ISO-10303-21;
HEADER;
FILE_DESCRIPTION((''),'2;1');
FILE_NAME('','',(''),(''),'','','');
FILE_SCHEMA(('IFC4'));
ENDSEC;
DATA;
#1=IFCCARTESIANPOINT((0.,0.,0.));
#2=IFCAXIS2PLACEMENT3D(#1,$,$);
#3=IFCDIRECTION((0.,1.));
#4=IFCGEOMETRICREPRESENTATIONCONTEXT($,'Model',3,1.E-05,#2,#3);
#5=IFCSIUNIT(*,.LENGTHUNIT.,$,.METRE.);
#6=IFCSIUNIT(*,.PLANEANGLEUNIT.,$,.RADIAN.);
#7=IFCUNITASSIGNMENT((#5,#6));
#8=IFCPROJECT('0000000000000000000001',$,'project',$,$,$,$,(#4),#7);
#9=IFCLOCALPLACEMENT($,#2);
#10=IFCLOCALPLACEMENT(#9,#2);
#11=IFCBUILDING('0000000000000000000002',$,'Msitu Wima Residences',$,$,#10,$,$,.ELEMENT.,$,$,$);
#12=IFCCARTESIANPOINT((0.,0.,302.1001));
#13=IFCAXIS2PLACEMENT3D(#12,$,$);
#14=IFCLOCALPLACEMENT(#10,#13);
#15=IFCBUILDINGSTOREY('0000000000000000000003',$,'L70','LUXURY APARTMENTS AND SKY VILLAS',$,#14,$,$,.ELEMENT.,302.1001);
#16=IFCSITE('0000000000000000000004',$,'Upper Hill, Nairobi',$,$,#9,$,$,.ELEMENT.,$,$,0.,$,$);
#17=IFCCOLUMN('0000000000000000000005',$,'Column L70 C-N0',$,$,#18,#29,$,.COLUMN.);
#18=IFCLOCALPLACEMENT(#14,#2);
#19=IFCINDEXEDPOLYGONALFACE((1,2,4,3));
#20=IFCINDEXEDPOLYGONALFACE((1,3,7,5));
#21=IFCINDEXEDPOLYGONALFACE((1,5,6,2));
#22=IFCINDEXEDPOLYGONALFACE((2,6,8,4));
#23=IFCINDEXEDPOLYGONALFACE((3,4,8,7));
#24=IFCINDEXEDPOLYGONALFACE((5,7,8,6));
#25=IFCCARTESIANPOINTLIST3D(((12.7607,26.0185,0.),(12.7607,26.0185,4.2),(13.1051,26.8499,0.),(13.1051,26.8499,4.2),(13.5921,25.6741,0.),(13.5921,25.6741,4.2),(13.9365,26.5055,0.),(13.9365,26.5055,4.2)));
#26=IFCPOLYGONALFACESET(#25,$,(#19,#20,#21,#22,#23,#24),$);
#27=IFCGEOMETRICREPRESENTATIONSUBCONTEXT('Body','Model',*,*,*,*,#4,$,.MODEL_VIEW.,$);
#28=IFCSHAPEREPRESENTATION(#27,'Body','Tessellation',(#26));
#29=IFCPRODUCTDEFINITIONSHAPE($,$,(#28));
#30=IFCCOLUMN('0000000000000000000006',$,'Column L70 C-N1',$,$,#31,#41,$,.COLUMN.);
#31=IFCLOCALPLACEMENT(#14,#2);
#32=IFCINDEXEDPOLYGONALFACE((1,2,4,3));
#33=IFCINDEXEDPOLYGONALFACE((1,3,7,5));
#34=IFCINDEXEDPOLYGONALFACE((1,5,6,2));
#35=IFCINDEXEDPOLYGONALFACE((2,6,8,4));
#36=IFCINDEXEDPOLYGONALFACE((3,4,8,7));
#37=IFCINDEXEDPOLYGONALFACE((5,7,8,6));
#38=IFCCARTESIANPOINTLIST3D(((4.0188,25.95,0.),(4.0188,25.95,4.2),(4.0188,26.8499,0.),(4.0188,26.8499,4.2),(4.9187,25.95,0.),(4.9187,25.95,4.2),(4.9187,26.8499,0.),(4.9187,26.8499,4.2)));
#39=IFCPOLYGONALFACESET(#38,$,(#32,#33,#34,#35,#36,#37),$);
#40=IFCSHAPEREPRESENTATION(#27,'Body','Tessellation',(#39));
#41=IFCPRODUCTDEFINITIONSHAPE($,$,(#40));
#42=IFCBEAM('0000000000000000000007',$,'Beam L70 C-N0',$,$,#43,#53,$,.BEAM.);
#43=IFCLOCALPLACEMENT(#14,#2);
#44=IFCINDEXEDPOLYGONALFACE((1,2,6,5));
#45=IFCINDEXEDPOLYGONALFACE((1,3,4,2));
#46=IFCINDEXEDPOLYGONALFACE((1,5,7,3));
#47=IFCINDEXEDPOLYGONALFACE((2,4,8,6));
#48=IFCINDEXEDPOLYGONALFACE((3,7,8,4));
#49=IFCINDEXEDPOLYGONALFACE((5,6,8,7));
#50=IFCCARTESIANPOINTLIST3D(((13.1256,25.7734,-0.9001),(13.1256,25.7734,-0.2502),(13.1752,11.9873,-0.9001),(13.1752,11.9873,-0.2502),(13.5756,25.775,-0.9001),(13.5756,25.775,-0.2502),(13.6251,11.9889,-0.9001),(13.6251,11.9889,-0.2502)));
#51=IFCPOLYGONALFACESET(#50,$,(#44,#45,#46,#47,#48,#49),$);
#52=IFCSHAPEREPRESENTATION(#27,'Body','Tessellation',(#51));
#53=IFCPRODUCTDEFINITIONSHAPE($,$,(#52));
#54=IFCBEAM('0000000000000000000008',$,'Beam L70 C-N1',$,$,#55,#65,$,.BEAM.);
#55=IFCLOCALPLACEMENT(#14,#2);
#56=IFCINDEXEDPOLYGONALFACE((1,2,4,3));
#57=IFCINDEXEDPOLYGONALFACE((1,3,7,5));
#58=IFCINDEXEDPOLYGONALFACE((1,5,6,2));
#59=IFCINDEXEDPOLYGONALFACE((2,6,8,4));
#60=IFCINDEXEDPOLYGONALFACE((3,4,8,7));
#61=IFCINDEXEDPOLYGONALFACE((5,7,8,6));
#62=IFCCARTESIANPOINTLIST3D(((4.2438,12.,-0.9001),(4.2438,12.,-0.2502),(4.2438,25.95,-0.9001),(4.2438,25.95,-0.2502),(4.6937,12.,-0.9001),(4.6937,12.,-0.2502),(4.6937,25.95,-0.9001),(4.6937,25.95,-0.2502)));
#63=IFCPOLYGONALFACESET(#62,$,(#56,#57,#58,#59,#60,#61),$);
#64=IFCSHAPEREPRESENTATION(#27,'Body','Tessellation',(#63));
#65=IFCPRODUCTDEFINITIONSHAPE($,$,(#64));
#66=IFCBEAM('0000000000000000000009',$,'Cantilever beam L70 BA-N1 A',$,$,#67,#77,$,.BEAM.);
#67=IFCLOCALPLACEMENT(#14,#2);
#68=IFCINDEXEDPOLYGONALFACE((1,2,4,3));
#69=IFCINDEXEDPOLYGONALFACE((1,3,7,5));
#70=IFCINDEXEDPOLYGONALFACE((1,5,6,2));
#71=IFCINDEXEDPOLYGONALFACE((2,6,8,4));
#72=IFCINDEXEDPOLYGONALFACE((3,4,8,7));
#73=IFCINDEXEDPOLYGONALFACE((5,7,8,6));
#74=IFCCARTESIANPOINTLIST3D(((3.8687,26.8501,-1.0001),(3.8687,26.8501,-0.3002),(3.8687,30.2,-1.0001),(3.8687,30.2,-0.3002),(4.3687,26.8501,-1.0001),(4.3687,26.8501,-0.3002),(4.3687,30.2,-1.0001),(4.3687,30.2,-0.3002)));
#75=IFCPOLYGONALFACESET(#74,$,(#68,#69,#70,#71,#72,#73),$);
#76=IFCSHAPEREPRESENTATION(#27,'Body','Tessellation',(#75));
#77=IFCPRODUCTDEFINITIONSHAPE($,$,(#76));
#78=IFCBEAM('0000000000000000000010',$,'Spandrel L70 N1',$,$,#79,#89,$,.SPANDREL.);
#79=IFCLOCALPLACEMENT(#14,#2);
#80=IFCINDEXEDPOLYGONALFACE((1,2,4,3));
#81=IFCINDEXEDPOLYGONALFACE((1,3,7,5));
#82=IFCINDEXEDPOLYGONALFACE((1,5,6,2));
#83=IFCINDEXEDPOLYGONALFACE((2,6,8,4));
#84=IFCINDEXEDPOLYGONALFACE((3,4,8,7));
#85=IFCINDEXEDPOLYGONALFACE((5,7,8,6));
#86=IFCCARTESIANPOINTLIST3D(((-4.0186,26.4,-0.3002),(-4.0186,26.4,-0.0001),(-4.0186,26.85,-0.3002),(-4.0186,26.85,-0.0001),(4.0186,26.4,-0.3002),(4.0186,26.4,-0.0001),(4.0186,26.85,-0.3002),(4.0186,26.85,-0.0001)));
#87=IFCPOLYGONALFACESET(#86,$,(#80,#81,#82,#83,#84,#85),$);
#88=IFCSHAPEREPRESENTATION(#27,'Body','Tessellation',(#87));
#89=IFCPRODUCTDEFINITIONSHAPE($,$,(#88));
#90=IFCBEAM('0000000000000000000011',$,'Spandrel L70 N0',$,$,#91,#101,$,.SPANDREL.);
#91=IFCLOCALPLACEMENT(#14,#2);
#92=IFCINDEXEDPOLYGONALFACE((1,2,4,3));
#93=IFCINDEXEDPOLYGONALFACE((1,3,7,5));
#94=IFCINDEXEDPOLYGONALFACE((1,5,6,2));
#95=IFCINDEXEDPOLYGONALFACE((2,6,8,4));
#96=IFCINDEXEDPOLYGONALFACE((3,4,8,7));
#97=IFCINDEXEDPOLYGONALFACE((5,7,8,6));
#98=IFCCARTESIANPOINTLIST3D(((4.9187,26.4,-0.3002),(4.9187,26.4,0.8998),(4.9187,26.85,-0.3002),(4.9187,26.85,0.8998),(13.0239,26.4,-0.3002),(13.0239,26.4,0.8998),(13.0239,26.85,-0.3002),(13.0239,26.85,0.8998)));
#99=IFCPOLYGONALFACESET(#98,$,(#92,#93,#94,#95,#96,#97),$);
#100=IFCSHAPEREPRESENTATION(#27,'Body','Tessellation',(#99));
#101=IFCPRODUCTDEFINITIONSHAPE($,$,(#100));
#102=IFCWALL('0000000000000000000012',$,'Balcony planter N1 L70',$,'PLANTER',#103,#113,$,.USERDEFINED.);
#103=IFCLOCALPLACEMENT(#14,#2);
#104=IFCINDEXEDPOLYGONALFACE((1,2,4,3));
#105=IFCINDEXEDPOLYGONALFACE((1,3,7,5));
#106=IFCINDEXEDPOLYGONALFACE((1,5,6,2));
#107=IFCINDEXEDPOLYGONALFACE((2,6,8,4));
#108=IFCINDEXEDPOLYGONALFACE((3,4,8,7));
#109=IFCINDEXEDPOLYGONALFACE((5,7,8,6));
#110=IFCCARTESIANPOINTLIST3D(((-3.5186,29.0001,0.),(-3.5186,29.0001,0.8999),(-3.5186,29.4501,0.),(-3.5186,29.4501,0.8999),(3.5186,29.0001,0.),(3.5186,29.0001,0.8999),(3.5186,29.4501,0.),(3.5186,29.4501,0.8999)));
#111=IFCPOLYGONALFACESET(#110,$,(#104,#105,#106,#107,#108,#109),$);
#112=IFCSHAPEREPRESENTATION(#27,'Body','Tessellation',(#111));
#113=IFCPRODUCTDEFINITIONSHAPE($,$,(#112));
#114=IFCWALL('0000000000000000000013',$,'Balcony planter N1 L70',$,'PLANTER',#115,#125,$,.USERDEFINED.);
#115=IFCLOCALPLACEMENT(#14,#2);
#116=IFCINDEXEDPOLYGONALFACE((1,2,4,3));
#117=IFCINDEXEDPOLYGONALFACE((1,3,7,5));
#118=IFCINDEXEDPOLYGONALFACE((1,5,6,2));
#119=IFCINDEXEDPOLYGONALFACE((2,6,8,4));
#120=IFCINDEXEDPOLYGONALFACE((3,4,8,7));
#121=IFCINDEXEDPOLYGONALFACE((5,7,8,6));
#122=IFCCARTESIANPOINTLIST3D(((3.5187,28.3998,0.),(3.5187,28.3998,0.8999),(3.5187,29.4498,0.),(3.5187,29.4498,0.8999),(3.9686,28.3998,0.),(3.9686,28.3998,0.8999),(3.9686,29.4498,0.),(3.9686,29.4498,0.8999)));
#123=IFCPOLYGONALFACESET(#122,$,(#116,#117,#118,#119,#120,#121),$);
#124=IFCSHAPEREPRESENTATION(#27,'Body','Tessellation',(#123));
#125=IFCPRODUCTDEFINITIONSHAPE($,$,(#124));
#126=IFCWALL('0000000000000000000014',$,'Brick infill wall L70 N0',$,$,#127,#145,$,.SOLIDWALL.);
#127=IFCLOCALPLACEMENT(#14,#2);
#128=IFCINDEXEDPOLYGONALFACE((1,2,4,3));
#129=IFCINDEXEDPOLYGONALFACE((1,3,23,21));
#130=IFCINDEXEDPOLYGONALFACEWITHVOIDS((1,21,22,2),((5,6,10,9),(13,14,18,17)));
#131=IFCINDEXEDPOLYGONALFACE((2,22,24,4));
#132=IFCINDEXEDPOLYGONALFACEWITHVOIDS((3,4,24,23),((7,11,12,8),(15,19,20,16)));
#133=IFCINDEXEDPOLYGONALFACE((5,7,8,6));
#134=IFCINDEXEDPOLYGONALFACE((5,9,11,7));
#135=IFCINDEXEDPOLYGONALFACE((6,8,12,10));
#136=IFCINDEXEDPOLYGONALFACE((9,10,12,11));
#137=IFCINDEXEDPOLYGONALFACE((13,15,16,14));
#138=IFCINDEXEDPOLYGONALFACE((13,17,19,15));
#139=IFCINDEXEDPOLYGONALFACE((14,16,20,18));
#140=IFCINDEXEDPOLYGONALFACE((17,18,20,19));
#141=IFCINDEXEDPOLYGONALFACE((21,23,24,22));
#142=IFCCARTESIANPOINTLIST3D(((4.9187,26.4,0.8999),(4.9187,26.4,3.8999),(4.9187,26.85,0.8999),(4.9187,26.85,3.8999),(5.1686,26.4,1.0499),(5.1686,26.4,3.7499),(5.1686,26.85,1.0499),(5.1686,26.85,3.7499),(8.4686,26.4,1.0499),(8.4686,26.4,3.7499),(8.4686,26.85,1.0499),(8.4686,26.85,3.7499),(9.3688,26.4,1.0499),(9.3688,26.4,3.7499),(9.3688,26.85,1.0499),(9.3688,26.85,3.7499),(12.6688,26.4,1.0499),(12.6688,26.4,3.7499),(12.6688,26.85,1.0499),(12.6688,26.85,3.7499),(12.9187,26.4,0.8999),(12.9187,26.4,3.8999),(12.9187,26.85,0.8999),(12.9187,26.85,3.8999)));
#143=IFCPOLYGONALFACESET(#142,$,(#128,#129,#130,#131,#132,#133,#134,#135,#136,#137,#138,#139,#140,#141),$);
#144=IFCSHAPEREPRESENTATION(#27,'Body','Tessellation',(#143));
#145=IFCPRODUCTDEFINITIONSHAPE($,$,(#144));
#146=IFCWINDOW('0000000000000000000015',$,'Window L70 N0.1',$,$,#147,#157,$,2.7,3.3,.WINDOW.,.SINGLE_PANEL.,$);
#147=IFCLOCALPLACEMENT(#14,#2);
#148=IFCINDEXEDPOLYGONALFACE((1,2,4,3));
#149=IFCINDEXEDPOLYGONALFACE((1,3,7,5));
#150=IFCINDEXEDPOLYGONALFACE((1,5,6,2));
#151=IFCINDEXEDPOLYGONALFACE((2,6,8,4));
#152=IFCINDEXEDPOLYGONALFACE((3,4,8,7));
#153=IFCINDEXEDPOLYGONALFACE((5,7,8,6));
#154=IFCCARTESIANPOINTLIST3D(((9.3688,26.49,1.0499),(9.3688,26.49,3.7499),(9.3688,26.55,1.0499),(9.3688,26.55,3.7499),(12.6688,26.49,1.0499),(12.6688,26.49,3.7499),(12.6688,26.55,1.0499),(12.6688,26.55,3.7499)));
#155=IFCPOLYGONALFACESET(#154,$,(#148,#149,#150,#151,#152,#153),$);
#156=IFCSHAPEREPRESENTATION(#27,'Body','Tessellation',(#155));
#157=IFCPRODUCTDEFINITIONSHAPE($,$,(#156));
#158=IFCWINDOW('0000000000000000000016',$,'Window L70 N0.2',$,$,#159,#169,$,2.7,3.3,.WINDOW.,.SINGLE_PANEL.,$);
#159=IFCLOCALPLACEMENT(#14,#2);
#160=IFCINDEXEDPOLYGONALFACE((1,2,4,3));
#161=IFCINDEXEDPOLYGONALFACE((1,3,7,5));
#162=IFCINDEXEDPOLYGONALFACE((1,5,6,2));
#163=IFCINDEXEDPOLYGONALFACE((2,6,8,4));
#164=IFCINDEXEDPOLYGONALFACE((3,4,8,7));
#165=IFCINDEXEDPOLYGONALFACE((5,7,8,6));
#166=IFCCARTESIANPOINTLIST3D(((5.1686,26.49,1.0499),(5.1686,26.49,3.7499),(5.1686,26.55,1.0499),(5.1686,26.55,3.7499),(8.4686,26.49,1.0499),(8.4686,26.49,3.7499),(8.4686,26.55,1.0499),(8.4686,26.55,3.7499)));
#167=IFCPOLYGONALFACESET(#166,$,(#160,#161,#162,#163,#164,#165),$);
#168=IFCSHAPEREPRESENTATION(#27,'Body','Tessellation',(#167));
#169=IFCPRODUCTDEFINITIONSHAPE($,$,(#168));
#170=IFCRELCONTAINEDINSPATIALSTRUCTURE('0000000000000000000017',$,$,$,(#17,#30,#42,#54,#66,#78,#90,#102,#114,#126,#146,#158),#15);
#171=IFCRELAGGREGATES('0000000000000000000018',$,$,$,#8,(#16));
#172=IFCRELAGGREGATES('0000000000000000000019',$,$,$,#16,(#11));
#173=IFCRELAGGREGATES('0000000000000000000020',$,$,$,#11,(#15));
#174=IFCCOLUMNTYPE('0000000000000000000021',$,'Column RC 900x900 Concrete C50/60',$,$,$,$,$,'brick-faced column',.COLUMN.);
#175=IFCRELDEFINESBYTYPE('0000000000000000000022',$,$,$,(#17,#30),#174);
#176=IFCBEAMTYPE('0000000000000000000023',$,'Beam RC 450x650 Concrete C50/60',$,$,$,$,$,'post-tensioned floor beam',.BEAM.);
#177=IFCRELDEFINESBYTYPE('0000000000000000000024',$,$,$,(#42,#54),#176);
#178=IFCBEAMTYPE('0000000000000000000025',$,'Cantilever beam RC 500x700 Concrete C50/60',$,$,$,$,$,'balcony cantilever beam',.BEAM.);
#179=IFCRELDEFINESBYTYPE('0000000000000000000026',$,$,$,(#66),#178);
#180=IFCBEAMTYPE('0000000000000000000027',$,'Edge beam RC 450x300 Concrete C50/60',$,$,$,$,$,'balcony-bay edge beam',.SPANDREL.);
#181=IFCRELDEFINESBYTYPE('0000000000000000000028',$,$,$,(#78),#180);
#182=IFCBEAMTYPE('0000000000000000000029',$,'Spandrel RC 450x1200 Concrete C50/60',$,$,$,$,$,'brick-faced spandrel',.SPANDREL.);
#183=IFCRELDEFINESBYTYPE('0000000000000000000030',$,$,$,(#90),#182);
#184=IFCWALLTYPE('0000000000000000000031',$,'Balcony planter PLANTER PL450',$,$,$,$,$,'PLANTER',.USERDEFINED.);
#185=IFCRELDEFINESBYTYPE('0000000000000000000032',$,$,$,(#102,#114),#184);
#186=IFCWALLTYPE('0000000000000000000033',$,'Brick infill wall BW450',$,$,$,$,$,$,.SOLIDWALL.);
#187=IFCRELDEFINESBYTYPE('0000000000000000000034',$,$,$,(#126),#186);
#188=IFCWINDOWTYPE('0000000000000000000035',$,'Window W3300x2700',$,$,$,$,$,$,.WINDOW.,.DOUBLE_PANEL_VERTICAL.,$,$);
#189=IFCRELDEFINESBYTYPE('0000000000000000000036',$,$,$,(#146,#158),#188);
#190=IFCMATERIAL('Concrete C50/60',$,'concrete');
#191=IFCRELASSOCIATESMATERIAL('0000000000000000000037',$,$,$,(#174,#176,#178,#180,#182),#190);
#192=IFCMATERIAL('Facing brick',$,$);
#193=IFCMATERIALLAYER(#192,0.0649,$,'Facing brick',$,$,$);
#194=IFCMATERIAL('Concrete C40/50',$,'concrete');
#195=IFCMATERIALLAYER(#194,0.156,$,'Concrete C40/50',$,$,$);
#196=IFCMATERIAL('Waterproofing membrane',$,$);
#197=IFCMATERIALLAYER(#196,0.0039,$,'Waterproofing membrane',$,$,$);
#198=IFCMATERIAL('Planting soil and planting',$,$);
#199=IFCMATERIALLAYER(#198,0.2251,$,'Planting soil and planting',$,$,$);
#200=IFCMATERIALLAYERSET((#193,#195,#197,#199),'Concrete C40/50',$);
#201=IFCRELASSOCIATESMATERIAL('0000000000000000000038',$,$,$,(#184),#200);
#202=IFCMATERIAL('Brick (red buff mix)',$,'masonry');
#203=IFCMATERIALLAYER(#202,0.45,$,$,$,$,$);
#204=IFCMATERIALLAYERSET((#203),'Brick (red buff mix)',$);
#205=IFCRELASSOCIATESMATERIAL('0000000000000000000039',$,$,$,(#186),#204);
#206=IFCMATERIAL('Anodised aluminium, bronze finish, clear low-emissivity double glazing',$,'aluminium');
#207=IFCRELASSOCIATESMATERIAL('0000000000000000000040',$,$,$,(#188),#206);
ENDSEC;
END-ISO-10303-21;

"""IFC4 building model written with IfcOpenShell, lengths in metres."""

from ifc_helpers import new_model, si_unit, direction, frame, frame_2d, origin, origin_2d, place, context, subcontext, project, spatial, rectangle, extrude, material, layer, layer_set, material_profile, profile_set, type_object, element, fill, save


model = new_model("IFC4")

# Units and contexts
model_context = context("Model", 3, precision=1e-05, world=origin(), true_north=direction((0.0, 1.0)))
body_context = subcontext(model_context, "Body", "Model", "MODEL_VIEW")
ifc_project = project(units=[si_unit("LENGTHUNIT", "METRE"), si_unit("PLANEANGLEUNIT", "RADIAN")], contexts=[model_context])

# Site, building, storey
site_placement = place(None, origin())
site = spatial("IfcSite", under=ifc_project, at=site_placement, Name="Upper Hill, Nairobi", CompositionType="ELEMENT", RefElevation=0.0)
building_placement = place(site_placement, origin())
building = spatial("IfcBuilding", under=site, at=building_placement, Name="Msitu Wima Residences", CompositionType="ELEMENT")
storey_placement = place(building_placement, frame((0.0, 0.0, 302.1001)))
storey = spatial("IfcBuildingStorey", under=building, at=storey_placement, Name="L70", Description="LUXURY APARTMENTS AND SKY VILLAS", CompositionType="ELEMENT", Elevation=302.1001)

# Columns
ifc_material_1 = material(Name="Concrete C50/60", Category="concrete")
ifc_material_profile_1 = material_profile(ifc_material_1, rectangle(XDim=0.8999, YDim=0.8999, at=origin_2d()), Name="RC 900x900")
ifc_profile_set_1 = profile_set([ifc_material_profile_1], Name="Concrete C50/60")
column_type = type_object("IfcColumnType", Name="Column RC 900x900 Concrete C50/60", ElementType="brick-faced column", PredefinedType="COLUMN", material=ifc_profile_set_1)
for number, where, z_axis, x_axis, name in (
    (1, (13.3486, 26.262, 0.0), (0.0, 0.0, 1.0), (-0.92388, 0.382683, 0.0), "Column L70 C-N0"),
    (2, (4.4688, 26.3999, 0.0), (0.0, 0.0, 1.0), (-1.0, 0.0, 0.0), "Column L70 C-N1"),
):
    element("IfcColumn", number, at=place(storey_placement, frame(where, z_axis=z_axis, x_axis=x_axis)), inside=storey, type_object=column_type, Name=name, PredefinedType="COLUMN", context=body_context, shape_type="SweptSolid", body=[
        extrude(rectangle(XDim=0.8999, YDim=0.8999, at=origin_2d()), origin(), (0.0, 0.0, 1.0), 4.2),
    ])

# Beams
ifc_material_profile_2 = material_profile(ifc_material_1, rectangle(XDim=0.45, YDim=0.6499, at=origin_2d()), Name="RC 450x650")
ifc_profile_set_2 = profile_set([ifc_material_profile_2], Name="Concrete C50/60")
beam_type_1 = type_object("IfcBeamType", Name="Beam RC 450x650 Concrete C50/60", ElementType="post-tensioned floor beam", PredefinedType="BEAM", material=ifc_profile_set_2)
beam_1_placement = place(storey_placement, frame((13.3506, 25.7742, -0.5752), z_axis=(0.003595, -0.999994, 0.0), x_axis=(0.999994, 0.003595, 0.0)))
element("IfcBeam", 3, at=beam_1_placement, inside=storey, type_object=beam_type_1, Name="Beam L70 C-N0", PredefinedType="BEAM", context=body_context, shape_type="SweptSolid", body=[
    extrude(rectangle(XDim=0.45, YDim=0.6499, at=origin_2d()), origin(), (0.0, 0.0, 1.0), 13.7861),
])
beam_2_placement = place(storey_placement, frame((4.4688, 25.95, -0.5752), z_axis=(0.0, -1.0, 0.0), x_axis=(1.0, 0.0, 0.0)))
element("IfcBeam", 4, at=beam_2_placement, inside=storey, type_object=beam_type_1, Name="Beam L70 C-N1", PredefinedType="BEAM", context=body_context, shape_type="SweptSolid", body=[
    extrude(rectangle(XDim=0.45, YDim=0.6499, at=origin_2d()), origin(), (0.0, 0.0, 1.0), 13.95),
])
ifc_material_profile_3 = material_profile(ifc_material_1, rectangle(XDim=0.5, YDim=0.7, at=origin_2d()), Name="RC 500x700")
ifc_profile_set_3 = profile_set([ifc_material_profile_3], Name="Concrete C50/60")
beam_type_2 = type_object("IfcBeamType", Name="Cantilever beam RC 500x700 Concrete C50/60", ElementType="balcony cantilever beam", PredefinedType="BEAM", material=ifc_profile_set_3)
beam_3_placement = place(storey_placement, frame((4.1187, 26.8501, -0.6501), z_axis=(0.0, 1.0, 0.0), x_axis=(-1.0, 0.0, 0.0)))
element("IfcBeam", 5, at=beam_3_placement, inside=storey, type_object=beam_type_2, Name="Cantilever beam L70 BA-N1 A", PredefinedType="BEAM", context=body_context, shape_type="SweptSolid", body=[
    extrude(rectangle(XDim=0.5, YDim=0.7, at=origin_2d()), origin(), (0.0, 0.0, 1.0), 3.3499),
])
ifc_material_profile_4 = material_profile(ifc_material_1, rectangle(XDim=0.45, YDim=0.3, at=origin_2d()), Name="RC 450x300")
ifc_profile_set_4 = profile_set([ifc_material_profile_4], Name="Concrete C50/60")
beam_type_3 = type_object("IfcBeamType", Name="Edge beam RC 450x300 Concrete C50/60", ElementType="balcony-bay edge beam", PredefinedType="SPANDREL", material=ifc_profile_set_4)
beam_4_placement = place(storey_placement, frame((4.0186, 26.625, -0.1501), z_axis=(-1.0, 0.0, 0.0), x_axis=(0.0, -1.0, 0.0)))
element("IfcBeam", 6, at=beam_4_placement, inside=storey, type_object=beam_type_3, Name="Spandrel L70 N1", PredefinedType="SPANDREL", context=body_context, shape_type="SweptSolid", body=[
    extrude(rectangle(XDim=0.45, YDim=0.3, at=origin_2d()), origin(), (0.0, 0.0, 1.0), 8.0371),
])
ifc_material_profile_5 = material_profile(ifc_material_1, rectangle(XDim=0.45, YDim=1.2, at=origin_2d()), Name="RC 450x1200")
ifc_profile_set_5 = profile_set([ifc_material_profile_5], Name="Concrete C50/60")
beam_type_4 = type_object("IfcBeamType", Name="Spandrel RC 450x1200 Concrete C50/60", ElementType="brick-faced spandrel", PredefinedType="SPANDREL", material=ifc_profile_set_5)
beam_5_placement = place(storey_placement, frame((13.0239, 26.625, 0.2998), z_axis=(-1.0, 0.0, 0.0), x_axis=(0.0, -1.0, 0.0)))
element("IfcBeam", 7, at=beam_5_placement, inside=storey, type_object=beam_type_4, Name="Spandrel L70 N0", PredefinedType="SPANDREL", context=body_context, shape_type="SweptSolid", body=[
    extrude(rectangle(XDim=0.45, YDim=1.2, at=origin_2d()), origin(), (0.0, 0.0, 1.0), 8.1052),
])

# Walls
ifc_material_2 = material(Name="Facing brick")
ifc_layer_1 = layer(ifc_material_2, 0.0649, Name="Facing brick")
ifc_material_3 = material(Name="Concrete C40/50", Category="concrete")
ifc_layer_2 = layer(ifc_material_3, 0.156, Name="Concrete C40/50")
ifc_material_4 = material(Name="Waterproofing membrane")
ifc_layer_3 = layer(ifc_material_4, 0.0039, Name="Waterproofing membrane")
ifc_material_5 = material(Name="Planting soil and planting")
ifc_layer_4 = layer(ifc_material_5, 0.2251, Name="Planting soil and planting")
ifc_layer_set_1 = layer_set([ifc_layer_1, ifc_layer_2, ifc_layer_3, ifc_layer_4], Name="Concrete C40/50")
wall_type_1 = type_object("IfcWallType", Name="Balcony planter PLANTER PL450", ElementType="PLANTER", PredefinedType="USERDEFINED", material=ifc_layer_set_1)
wall_1_placement = place(storey_placement, frame((3.5186, 29.2251, 0.0), z_axis=(0.0, 0.0, 1.0), x_axis=(-1.0, 0.0, 0.0)))
element("IfcWall", 8, at=wall_1_placement, inside=storey, type_object=wall_type_1, Name="Balcony planter N1 L70", ObjectType="PLANTER", PredefinedType="USERDEFINED", context=body_context, shape_type="SweptSolid", body=[
    extrude(rectangle(XDim=7.0371, YDim=0.45, at=frame_2d((3.5186, 0.0))), origin(), (0.0, 0.0, 1.0), 0.8999),
])
wall_2_placement = place(storey_placement, frame((3.7437, 28.3999, 0.0), z_axis=(0.0, 0.0, 1.0), x_axis=(0.0, 1.0, 0.0)))
element("IfcWall", 9, at=wall_2_placement, inside=storey, type_object=wall_type_1, Name="Balcony planter N1 L70", ObjectType="PLANTER", PredefinedType="USERDEFINED", context=body_context, shape_type="SweptSolid", body=[
    extrude(rectangle(XDim=1.05, YDim=0.45, at=frame_2d((0.5249, 0.0))), origin(), (0.0, 0.0, 1.0), 0.8999),
])

# Wall, openings, windows
ifc_material_6 = material(Name="Brick (red buff mix)", Category="masonry")
ifc_layer_5 = layer(ifc_material_6, 0.45)
ifc_layer_set_2 = layer_set([ifc_layer_5], Name="Brick (red buff mix)")
wall_type_2 = type_object("IfcWallType", Name="Brick infill wall BW450", PredefinedType="SOLIDWALL", material=ifc_layer_set_2)
wall_3_placement = place(storey_placement, frame((12.9187, 26.625, 0.8999), z_axis=(0.0, 0.0, 1.0), x_axis=(-1.0, 0.0, 0.0)))
wall_3 = element("IfcWall", 10, at=wall_3_placement, inside=storey, type_object=wall_type_2, Name="Brick infill wall L70 N0", PredefinedType="SOLIDWALL", context=body_context, shape_type="SweptSolid", body=[
    extrude(rectangle(XDim=8.0, YDim=0.45, at=frame_2d((4.0, 0.0))), origin(), (0.0, 0.0, 1.0), 3.0),
])
opening_1_placement = place(wall_3_placement, frame((0.25, 0.0, 0.1499)))
opening_1 = element("IfcOpeningElement", 11, at=opening_1_placement, cuts=wall_3, PredefinedType="OPENING", context=body_context, shape_type="SweptSolid", body=[
    extrude(rectangle(XDim=3.3, YDim=2.7, at=frame_2d((1.6499, 1.3501))), frame((0.0, 0.2349, 0.0), z_axis=(0.0, -1.0, 0.0), x_axis=(1.0, 0.0, 0.0)), (0.0, 0.0, 1.0), 0.47),
])
opening_2_placement = place(wall_3_placement, frame((4.4502, 0.0, 0.1499)))
opening_2 = element("IfcOpeningElement", 12, at=opening_2_placement, cuts=wall_3, PredefinedType="OPENING", context=body_context, shape_type="SweptSolid", body=[
    extrude(rectangle(XDim=3.3, YDim=2.7, at=frame_2d((1.6499, 1.3501))), frame((0.0, 0.2349, 0.0), z_axis=(0.0, -1.0, 0.0), x_axis=(1.0, 0.0, 0.0)), (0.0, 0.0, 1.0), 0.47),
])
ifc_material_7 = material(Name="Anodised aluminium, bronze finish, clear low-emissivity double glazing", Category="aluminium")
window_type = type_object("IfcWindowType", Name="Window W3300x2700", PartitioningType="DOUBLE_PANEL_VERTICAL", PredefinedType="WINDOW", material=ifc_material_7)
window_1_placement = place(opening_1_placement, origin())
window_1 = element("IfcWindow", 13, at=window_1_placement, inside=storey, type_object=window_type, Name="Window L70 N0.1", OverallHeight=2.7, OverallWidth=3.3, PartitioningType="SINGLE_PANEL", PredefinedType="WINDOW", context=body_context, shape_type="SweptSolid", body=[
    extrude(rectangle(XDim=3.3, YDim=2.7, at=frame_2d((1.6499, 1.3501))), frame((0.0, 0.135, 0.0), z_axis=(0.0, -1.0, 0.0), x_axis=(1.0, 0.0, 0.0)), (0.0, 0.0, 1.0), 0.0601),
])
fill(opening_1, window_1)
window_2_placement = place(opening_2_placement, origin())
window_2 = element("IfcWindow", 14, at=window_2_placement, inside=storey, type_object=window_type, Name="Window L70 N0.2", OverallHeight=2.7, OverallWidth=3.3, PartitioningType="SINGLE_PANEL", PredefinedType="WINDOW", context=body_context, shape_type="SweptSolid", body=[
    extrude(rectangle(XDim=3.3, YDim=2.7, at=frame_2d((1.6499, 1.3501))), frame((0.0, 0.135, 0.0), z_axis=(0.0, -1.0, 0.0), x_axis=(1.0, 0.0, 0.0)), (0.0, 0.0, 1.0), 0.0601),
])
fill(opening_2, window_2)

save(model, "model.ifc")
